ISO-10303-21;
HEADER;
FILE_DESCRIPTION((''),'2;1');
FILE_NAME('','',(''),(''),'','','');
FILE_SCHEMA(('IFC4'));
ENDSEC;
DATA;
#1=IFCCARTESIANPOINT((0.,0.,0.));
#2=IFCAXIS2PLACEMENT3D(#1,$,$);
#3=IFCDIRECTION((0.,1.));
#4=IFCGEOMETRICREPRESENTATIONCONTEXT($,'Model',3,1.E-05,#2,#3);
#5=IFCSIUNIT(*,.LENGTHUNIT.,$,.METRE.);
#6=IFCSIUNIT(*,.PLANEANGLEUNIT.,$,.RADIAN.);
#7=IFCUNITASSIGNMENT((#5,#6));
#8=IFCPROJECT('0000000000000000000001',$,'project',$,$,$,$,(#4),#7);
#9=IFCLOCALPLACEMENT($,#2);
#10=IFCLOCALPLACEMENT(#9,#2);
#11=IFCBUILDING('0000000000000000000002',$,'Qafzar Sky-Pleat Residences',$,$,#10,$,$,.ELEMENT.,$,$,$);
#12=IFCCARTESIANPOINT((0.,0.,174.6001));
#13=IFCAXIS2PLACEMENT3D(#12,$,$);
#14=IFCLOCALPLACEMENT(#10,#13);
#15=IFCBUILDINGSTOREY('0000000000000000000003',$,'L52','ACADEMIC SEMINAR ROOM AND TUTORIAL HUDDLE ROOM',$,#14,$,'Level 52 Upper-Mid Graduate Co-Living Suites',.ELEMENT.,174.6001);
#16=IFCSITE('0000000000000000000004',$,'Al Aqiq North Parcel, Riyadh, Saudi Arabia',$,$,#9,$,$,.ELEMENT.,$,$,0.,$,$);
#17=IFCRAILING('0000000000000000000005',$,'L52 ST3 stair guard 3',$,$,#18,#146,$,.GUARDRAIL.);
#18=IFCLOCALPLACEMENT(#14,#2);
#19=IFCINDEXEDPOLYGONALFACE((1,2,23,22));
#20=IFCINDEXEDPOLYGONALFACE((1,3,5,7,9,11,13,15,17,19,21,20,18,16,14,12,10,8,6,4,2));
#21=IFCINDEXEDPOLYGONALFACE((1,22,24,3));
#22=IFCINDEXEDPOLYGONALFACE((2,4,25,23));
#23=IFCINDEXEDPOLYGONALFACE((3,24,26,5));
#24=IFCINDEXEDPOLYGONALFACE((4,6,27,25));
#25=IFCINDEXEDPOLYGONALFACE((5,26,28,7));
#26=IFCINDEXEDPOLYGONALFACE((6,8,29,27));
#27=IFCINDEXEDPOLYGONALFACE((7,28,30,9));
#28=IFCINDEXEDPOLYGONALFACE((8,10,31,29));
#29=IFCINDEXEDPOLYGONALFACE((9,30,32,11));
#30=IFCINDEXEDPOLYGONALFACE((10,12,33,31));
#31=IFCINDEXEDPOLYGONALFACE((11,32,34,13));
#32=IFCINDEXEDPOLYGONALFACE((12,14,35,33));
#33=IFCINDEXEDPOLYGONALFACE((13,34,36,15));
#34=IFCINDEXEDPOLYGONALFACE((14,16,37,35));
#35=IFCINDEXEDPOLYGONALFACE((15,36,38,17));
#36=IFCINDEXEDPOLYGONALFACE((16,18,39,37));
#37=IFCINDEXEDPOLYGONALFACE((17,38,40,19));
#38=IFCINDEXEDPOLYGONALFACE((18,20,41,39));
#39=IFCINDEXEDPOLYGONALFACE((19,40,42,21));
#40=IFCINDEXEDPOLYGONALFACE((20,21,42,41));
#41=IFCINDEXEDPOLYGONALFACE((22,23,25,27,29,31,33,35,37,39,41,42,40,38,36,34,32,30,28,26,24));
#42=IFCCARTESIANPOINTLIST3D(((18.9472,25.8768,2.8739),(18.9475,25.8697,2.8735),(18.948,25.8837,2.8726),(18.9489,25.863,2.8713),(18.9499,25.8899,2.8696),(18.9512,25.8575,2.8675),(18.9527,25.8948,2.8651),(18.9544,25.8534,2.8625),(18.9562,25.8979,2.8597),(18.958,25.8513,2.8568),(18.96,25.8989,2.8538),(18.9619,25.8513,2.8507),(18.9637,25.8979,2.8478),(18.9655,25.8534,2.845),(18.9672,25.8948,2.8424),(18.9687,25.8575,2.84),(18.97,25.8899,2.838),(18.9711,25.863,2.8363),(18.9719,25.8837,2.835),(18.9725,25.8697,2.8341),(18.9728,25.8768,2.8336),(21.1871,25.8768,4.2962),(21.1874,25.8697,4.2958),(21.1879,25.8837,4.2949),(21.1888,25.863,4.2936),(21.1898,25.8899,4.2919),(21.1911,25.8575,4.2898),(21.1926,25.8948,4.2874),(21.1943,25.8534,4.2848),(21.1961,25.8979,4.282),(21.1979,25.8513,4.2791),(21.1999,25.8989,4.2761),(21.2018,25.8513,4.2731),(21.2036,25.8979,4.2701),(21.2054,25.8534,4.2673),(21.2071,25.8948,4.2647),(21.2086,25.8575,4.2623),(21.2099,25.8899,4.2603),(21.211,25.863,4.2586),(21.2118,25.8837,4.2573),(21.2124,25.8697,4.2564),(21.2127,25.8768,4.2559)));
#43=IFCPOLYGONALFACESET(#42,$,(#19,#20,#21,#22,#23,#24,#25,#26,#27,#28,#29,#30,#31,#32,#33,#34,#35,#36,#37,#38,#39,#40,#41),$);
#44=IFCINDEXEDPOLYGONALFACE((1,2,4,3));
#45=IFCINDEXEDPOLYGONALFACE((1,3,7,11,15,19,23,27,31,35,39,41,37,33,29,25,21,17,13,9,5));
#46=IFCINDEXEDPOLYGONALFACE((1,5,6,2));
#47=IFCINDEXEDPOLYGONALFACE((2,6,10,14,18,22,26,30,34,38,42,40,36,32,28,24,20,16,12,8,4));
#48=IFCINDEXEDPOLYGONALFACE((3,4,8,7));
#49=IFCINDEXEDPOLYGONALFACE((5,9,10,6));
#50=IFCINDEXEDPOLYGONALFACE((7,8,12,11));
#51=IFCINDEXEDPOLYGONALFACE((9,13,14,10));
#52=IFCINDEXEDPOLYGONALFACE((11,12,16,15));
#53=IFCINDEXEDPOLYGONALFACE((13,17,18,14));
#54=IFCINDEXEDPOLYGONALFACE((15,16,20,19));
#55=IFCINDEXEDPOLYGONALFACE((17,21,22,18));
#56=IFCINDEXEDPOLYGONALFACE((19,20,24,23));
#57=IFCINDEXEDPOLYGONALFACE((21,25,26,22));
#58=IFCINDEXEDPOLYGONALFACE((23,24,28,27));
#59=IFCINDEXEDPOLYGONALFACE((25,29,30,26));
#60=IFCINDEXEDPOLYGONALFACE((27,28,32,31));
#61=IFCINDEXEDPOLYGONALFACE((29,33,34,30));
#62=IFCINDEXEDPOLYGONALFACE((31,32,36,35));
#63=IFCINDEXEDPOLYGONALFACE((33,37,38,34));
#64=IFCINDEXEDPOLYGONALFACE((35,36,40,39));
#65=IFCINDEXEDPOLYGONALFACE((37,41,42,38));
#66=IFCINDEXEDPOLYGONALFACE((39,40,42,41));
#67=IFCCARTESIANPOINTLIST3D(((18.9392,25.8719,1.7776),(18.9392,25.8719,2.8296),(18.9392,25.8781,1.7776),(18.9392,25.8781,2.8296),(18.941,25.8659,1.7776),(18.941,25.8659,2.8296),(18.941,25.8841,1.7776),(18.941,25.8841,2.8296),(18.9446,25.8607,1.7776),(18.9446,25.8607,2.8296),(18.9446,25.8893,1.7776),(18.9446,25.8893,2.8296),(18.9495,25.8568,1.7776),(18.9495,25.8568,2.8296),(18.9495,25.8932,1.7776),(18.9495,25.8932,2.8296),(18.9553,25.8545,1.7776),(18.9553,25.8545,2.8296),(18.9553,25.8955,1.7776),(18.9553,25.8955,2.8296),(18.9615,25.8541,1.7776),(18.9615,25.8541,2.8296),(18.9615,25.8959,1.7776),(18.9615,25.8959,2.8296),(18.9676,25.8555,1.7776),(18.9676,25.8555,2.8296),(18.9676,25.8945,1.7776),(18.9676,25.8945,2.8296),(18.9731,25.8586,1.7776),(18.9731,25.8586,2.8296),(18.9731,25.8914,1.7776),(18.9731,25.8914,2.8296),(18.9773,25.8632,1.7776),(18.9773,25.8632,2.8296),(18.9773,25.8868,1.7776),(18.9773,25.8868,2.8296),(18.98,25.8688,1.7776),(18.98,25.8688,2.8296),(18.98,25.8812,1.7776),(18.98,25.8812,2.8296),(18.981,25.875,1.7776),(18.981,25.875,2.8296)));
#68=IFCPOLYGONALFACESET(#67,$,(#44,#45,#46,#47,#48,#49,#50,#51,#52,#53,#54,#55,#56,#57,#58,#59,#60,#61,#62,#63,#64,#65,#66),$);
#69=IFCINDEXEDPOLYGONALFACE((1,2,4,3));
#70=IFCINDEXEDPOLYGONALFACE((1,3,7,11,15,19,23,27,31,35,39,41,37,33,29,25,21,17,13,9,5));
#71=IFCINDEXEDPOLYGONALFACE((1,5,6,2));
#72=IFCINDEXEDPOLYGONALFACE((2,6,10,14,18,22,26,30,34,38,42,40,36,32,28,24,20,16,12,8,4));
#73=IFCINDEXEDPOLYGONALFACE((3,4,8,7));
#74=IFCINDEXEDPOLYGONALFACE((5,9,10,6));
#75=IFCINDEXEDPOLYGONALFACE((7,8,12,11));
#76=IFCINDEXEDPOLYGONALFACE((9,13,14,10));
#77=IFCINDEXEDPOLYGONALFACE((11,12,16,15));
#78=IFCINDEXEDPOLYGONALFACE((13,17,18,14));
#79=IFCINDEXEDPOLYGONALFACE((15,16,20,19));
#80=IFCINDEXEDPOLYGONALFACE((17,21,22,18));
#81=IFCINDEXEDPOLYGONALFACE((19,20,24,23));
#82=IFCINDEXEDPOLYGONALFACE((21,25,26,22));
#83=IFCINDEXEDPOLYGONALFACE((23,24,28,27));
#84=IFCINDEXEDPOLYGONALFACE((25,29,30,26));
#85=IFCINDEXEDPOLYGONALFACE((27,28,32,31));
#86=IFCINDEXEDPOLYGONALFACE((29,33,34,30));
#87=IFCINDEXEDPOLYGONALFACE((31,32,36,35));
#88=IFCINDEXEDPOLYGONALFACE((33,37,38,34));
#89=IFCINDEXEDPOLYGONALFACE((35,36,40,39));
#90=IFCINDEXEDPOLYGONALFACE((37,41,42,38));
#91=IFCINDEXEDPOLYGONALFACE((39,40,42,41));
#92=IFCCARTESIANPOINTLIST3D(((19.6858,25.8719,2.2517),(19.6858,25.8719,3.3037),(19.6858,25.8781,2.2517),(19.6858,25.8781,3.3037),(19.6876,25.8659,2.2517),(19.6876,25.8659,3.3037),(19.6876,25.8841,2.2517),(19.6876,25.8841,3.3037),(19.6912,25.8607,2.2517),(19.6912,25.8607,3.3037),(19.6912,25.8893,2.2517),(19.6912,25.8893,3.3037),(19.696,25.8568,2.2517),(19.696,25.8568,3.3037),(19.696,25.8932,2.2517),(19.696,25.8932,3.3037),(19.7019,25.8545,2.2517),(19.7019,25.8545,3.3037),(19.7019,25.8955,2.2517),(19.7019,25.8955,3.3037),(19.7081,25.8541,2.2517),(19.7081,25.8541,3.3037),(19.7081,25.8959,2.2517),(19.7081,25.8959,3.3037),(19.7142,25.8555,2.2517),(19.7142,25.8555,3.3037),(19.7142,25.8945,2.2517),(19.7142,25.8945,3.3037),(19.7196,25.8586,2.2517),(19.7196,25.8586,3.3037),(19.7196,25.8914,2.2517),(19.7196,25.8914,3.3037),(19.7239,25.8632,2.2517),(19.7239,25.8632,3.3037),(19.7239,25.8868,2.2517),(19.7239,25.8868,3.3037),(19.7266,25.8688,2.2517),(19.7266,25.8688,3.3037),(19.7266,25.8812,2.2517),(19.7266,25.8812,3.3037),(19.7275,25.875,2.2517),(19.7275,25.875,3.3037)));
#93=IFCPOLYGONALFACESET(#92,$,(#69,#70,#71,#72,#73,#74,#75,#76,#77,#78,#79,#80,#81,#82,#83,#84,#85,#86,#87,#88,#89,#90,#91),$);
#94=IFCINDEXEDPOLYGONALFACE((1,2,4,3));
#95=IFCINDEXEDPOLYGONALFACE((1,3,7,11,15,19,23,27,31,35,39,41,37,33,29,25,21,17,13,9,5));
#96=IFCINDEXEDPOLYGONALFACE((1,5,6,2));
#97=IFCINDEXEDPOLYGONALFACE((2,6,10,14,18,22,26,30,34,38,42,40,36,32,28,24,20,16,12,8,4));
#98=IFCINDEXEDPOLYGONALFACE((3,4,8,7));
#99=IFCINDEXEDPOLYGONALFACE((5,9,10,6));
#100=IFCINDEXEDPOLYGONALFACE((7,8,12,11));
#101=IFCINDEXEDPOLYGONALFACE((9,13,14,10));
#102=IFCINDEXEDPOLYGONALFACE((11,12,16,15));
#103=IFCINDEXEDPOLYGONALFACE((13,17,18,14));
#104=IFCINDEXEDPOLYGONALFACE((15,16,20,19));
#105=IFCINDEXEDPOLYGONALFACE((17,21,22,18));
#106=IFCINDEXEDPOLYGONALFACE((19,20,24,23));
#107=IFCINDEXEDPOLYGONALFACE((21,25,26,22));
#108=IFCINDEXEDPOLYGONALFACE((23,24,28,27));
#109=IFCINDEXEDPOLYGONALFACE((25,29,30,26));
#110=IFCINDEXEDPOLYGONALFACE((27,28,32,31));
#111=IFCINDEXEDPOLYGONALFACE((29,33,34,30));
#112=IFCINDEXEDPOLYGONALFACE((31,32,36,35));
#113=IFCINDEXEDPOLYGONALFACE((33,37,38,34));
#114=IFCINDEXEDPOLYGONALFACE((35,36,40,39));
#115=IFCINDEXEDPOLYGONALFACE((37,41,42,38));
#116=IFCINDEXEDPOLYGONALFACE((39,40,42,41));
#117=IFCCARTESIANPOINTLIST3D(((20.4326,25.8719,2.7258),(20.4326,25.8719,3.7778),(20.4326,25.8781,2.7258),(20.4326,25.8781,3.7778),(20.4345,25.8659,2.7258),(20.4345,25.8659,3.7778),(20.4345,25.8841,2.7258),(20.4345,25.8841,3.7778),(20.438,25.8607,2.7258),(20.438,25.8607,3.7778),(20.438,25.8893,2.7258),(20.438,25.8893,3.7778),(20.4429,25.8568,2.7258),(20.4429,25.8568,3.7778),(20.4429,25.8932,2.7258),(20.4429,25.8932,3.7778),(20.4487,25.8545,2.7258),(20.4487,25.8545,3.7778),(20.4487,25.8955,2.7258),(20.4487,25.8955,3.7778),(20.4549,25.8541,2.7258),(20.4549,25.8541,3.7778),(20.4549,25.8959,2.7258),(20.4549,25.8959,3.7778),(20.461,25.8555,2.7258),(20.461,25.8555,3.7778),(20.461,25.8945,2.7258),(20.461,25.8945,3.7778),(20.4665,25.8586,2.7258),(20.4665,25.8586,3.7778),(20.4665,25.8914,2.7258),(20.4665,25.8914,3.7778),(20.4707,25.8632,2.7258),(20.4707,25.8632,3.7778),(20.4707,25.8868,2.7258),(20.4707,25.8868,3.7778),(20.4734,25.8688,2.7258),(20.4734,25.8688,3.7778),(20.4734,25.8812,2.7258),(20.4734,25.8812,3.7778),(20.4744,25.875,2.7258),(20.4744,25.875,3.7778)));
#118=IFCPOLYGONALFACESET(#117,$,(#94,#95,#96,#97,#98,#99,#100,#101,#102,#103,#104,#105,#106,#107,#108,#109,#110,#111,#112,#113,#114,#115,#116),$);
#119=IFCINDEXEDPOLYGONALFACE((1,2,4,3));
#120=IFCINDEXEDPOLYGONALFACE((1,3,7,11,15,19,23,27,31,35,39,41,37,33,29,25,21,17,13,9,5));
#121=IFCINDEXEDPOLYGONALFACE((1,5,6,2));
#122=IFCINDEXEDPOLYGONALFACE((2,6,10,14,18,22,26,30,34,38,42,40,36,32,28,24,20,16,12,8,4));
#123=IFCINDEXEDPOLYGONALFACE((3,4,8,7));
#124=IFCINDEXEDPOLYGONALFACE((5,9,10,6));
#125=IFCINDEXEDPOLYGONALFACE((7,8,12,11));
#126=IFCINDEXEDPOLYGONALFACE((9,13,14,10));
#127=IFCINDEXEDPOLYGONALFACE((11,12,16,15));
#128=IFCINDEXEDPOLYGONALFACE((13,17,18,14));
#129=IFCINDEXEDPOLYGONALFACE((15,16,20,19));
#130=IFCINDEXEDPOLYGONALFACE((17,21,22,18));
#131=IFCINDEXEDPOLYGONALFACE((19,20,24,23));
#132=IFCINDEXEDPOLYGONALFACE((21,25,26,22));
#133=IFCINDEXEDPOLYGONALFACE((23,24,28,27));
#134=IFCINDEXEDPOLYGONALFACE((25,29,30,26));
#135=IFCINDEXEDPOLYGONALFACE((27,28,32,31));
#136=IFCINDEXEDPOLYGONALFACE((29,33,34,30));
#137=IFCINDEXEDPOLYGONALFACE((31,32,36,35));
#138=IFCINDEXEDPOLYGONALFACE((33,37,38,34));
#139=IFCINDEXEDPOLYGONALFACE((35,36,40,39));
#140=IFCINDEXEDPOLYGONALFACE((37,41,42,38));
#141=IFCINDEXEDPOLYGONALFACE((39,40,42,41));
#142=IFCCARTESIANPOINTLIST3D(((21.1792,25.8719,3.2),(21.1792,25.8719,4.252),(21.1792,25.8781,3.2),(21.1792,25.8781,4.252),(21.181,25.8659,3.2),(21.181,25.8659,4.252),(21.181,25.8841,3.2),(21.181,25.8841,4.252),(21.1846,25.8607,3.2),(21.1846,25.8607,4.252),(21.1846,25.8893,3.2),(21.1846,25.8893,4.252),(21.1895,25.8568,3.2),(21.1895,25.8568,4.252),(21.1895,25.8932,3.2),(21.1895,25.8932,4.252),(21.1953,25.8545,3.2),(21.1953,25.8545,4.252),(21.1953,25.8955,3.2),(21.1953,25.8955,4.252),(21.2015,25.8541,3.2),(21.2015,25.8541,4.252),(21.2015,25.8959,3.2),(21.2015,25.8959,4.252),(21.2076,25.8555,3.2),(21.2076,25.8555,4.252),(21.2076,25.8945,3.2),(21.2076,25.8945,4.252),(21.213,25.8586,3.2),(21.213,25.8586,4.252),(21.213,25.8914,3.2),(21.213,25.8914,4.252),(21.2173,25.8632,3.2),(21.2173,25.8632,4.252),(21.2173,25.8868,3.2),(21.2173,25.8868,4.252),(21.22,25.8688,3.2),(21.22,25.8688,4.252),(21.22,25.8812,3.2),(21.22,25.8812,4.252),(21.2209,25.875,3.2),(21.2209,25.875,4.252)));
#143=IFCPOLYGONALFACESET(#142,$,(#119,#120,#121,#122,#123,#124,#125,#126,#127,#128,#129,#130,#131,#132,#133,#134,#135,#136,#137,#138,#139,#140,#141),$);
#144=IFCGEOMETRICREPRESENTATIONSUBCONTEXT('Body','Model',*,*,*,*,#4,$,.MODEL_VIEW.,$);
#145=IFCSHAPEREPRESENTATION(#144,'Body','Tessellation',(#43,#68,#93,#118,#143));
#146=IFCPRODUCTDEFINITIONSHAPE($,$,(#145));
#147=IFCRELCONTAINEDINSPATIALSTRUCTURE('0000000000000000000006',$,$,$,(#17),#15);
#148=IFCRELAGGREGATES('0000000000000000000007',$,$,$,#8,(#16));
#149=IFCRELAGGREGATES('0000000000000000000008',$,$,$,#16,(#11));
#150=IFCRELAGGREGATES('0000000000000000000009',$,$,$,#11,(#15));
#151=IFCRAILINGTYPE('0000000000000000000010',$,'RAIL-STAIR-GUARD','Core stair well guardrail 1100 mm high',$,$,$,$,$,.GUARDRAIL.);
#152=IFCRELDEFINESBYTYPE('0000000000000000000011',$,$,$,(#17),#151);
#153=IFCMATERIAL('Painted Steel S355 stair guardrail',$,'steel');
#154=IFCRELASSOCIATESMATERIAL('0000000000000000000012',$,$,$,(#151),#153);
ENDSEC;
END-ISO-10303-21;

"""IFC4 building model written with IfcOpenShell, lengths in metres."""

from ifc_helpers import new_model, si_unit, direction, frame, origin, origin_2d, place, context, subcontext, project, spatial, circle, extrude, source, transform, mapped, material, type_object, element, save


model = new_model("IFC4")

# Units and contexts
model_context = context("Model", 3, precision=1e-05, world=origin(), true_north=direction((0.0, 1.0)))
body_context = subcontext(model_context, "Body", "Model", "MODEL_VIEW")
ifc_project = project(units=[si_unit("LENGTHUNIT", "METRE"), si_unit("PLANEANGLEUNIT", "RADIAN")], contexts=[model_context])

# Site, building, storey
site_placement = place(None, origin())
site = spatial("IfcSite", under=ifc_project, at=site_placement, Name="Al Aqiq North Parcel, Riyadh, Saudi Arabia", CompositionType="ELEMENT", RefElevation=0.0)
building_placement = place(site_placement, origin())
building = spatial("IfcBuilding", under=site, at=building_placement, Name="Qafzar Sky-Pleat Residences", CompositionType="ELEMENT")
storey_placement = place(building_placement, frame((0.0, 0.0, 174.6001)))
storey = spatial("IfcBuildingStorey", under=building, at=storey_placement, Name="L52", Description="ACADEMIC SEMINAR ROOM AND TUTORIAL HUDDLE ROOM", LongName="Level 52 Upper-Mid Graduate Co-Living Suites", CompositionType="ELEMENT", Elevation=174.6001)

# Railing
ifc_material_1 = material(Name="Painted Steel S355 stair guardrail", Category="steel")
railing_type_1 = type_object("IfcRailingType", Name="RAIL-STAIR-GUARD", Description="Core stair well guardrail 1100 mm high", PredefinedType="GUARDRAIL", material=ifc_material_1)
shared_shape_1 = source(origin(), body_context, "Body", "SweptSolid", [
    extrude(circle(Radius=0.0239, at=origin_2d()), frame((0.0, 0.0, 1.0762), z_axis=(0.844188, 0.0, 0.536048), x_axis=(0.0, 1.0, 0.0)), (0.0, 0.0, 1.0), 2.6533),
    extrude(circle(Radius=0.021, at=origin_2d()), origin(), (0.0, 0.0, 1.0), 1.052),
    extrude(circle(Radius=0.021, at=origin_2d()), frame((0.7466, 0.0, 0.4741)), (0.0, 0.0, 1.0), 1.052),
    extrude(circle(Radius=0.021, at=origin_2d()), frame((1.4934, 0.0, 0.9482)), (0.0, 0.0, 1.0), 1.052),
    extrude(circle(Radius=0.021, at=origin_2d()), frame((2.24, 0.0, 1.4224)), (0.0, 0.0, 1.0), 1.052),
])
railing_1_placement = place(storey_placement, frame((18.96, 25.875, 1.7776)))
element("IfcRailing", 1, at=railing_1_placement, inside=storey, type_object=railing_type_1, Name="L52 ST3 stair guard 3", PredefinedType="GUARDRAIL", context=body_context, shape_type="MappedRepresentation", body=[
    mapped(shared_shape_1, transform((0.0, 0.0, 0.0), x_axis=(1.0, 0.0, 0.0), y_axis=(0.0, 1.0, 0.0), z_axis=(0.0, 0.0, 1.0), scale=1.0)),
])

save(model, "model.ifc")
